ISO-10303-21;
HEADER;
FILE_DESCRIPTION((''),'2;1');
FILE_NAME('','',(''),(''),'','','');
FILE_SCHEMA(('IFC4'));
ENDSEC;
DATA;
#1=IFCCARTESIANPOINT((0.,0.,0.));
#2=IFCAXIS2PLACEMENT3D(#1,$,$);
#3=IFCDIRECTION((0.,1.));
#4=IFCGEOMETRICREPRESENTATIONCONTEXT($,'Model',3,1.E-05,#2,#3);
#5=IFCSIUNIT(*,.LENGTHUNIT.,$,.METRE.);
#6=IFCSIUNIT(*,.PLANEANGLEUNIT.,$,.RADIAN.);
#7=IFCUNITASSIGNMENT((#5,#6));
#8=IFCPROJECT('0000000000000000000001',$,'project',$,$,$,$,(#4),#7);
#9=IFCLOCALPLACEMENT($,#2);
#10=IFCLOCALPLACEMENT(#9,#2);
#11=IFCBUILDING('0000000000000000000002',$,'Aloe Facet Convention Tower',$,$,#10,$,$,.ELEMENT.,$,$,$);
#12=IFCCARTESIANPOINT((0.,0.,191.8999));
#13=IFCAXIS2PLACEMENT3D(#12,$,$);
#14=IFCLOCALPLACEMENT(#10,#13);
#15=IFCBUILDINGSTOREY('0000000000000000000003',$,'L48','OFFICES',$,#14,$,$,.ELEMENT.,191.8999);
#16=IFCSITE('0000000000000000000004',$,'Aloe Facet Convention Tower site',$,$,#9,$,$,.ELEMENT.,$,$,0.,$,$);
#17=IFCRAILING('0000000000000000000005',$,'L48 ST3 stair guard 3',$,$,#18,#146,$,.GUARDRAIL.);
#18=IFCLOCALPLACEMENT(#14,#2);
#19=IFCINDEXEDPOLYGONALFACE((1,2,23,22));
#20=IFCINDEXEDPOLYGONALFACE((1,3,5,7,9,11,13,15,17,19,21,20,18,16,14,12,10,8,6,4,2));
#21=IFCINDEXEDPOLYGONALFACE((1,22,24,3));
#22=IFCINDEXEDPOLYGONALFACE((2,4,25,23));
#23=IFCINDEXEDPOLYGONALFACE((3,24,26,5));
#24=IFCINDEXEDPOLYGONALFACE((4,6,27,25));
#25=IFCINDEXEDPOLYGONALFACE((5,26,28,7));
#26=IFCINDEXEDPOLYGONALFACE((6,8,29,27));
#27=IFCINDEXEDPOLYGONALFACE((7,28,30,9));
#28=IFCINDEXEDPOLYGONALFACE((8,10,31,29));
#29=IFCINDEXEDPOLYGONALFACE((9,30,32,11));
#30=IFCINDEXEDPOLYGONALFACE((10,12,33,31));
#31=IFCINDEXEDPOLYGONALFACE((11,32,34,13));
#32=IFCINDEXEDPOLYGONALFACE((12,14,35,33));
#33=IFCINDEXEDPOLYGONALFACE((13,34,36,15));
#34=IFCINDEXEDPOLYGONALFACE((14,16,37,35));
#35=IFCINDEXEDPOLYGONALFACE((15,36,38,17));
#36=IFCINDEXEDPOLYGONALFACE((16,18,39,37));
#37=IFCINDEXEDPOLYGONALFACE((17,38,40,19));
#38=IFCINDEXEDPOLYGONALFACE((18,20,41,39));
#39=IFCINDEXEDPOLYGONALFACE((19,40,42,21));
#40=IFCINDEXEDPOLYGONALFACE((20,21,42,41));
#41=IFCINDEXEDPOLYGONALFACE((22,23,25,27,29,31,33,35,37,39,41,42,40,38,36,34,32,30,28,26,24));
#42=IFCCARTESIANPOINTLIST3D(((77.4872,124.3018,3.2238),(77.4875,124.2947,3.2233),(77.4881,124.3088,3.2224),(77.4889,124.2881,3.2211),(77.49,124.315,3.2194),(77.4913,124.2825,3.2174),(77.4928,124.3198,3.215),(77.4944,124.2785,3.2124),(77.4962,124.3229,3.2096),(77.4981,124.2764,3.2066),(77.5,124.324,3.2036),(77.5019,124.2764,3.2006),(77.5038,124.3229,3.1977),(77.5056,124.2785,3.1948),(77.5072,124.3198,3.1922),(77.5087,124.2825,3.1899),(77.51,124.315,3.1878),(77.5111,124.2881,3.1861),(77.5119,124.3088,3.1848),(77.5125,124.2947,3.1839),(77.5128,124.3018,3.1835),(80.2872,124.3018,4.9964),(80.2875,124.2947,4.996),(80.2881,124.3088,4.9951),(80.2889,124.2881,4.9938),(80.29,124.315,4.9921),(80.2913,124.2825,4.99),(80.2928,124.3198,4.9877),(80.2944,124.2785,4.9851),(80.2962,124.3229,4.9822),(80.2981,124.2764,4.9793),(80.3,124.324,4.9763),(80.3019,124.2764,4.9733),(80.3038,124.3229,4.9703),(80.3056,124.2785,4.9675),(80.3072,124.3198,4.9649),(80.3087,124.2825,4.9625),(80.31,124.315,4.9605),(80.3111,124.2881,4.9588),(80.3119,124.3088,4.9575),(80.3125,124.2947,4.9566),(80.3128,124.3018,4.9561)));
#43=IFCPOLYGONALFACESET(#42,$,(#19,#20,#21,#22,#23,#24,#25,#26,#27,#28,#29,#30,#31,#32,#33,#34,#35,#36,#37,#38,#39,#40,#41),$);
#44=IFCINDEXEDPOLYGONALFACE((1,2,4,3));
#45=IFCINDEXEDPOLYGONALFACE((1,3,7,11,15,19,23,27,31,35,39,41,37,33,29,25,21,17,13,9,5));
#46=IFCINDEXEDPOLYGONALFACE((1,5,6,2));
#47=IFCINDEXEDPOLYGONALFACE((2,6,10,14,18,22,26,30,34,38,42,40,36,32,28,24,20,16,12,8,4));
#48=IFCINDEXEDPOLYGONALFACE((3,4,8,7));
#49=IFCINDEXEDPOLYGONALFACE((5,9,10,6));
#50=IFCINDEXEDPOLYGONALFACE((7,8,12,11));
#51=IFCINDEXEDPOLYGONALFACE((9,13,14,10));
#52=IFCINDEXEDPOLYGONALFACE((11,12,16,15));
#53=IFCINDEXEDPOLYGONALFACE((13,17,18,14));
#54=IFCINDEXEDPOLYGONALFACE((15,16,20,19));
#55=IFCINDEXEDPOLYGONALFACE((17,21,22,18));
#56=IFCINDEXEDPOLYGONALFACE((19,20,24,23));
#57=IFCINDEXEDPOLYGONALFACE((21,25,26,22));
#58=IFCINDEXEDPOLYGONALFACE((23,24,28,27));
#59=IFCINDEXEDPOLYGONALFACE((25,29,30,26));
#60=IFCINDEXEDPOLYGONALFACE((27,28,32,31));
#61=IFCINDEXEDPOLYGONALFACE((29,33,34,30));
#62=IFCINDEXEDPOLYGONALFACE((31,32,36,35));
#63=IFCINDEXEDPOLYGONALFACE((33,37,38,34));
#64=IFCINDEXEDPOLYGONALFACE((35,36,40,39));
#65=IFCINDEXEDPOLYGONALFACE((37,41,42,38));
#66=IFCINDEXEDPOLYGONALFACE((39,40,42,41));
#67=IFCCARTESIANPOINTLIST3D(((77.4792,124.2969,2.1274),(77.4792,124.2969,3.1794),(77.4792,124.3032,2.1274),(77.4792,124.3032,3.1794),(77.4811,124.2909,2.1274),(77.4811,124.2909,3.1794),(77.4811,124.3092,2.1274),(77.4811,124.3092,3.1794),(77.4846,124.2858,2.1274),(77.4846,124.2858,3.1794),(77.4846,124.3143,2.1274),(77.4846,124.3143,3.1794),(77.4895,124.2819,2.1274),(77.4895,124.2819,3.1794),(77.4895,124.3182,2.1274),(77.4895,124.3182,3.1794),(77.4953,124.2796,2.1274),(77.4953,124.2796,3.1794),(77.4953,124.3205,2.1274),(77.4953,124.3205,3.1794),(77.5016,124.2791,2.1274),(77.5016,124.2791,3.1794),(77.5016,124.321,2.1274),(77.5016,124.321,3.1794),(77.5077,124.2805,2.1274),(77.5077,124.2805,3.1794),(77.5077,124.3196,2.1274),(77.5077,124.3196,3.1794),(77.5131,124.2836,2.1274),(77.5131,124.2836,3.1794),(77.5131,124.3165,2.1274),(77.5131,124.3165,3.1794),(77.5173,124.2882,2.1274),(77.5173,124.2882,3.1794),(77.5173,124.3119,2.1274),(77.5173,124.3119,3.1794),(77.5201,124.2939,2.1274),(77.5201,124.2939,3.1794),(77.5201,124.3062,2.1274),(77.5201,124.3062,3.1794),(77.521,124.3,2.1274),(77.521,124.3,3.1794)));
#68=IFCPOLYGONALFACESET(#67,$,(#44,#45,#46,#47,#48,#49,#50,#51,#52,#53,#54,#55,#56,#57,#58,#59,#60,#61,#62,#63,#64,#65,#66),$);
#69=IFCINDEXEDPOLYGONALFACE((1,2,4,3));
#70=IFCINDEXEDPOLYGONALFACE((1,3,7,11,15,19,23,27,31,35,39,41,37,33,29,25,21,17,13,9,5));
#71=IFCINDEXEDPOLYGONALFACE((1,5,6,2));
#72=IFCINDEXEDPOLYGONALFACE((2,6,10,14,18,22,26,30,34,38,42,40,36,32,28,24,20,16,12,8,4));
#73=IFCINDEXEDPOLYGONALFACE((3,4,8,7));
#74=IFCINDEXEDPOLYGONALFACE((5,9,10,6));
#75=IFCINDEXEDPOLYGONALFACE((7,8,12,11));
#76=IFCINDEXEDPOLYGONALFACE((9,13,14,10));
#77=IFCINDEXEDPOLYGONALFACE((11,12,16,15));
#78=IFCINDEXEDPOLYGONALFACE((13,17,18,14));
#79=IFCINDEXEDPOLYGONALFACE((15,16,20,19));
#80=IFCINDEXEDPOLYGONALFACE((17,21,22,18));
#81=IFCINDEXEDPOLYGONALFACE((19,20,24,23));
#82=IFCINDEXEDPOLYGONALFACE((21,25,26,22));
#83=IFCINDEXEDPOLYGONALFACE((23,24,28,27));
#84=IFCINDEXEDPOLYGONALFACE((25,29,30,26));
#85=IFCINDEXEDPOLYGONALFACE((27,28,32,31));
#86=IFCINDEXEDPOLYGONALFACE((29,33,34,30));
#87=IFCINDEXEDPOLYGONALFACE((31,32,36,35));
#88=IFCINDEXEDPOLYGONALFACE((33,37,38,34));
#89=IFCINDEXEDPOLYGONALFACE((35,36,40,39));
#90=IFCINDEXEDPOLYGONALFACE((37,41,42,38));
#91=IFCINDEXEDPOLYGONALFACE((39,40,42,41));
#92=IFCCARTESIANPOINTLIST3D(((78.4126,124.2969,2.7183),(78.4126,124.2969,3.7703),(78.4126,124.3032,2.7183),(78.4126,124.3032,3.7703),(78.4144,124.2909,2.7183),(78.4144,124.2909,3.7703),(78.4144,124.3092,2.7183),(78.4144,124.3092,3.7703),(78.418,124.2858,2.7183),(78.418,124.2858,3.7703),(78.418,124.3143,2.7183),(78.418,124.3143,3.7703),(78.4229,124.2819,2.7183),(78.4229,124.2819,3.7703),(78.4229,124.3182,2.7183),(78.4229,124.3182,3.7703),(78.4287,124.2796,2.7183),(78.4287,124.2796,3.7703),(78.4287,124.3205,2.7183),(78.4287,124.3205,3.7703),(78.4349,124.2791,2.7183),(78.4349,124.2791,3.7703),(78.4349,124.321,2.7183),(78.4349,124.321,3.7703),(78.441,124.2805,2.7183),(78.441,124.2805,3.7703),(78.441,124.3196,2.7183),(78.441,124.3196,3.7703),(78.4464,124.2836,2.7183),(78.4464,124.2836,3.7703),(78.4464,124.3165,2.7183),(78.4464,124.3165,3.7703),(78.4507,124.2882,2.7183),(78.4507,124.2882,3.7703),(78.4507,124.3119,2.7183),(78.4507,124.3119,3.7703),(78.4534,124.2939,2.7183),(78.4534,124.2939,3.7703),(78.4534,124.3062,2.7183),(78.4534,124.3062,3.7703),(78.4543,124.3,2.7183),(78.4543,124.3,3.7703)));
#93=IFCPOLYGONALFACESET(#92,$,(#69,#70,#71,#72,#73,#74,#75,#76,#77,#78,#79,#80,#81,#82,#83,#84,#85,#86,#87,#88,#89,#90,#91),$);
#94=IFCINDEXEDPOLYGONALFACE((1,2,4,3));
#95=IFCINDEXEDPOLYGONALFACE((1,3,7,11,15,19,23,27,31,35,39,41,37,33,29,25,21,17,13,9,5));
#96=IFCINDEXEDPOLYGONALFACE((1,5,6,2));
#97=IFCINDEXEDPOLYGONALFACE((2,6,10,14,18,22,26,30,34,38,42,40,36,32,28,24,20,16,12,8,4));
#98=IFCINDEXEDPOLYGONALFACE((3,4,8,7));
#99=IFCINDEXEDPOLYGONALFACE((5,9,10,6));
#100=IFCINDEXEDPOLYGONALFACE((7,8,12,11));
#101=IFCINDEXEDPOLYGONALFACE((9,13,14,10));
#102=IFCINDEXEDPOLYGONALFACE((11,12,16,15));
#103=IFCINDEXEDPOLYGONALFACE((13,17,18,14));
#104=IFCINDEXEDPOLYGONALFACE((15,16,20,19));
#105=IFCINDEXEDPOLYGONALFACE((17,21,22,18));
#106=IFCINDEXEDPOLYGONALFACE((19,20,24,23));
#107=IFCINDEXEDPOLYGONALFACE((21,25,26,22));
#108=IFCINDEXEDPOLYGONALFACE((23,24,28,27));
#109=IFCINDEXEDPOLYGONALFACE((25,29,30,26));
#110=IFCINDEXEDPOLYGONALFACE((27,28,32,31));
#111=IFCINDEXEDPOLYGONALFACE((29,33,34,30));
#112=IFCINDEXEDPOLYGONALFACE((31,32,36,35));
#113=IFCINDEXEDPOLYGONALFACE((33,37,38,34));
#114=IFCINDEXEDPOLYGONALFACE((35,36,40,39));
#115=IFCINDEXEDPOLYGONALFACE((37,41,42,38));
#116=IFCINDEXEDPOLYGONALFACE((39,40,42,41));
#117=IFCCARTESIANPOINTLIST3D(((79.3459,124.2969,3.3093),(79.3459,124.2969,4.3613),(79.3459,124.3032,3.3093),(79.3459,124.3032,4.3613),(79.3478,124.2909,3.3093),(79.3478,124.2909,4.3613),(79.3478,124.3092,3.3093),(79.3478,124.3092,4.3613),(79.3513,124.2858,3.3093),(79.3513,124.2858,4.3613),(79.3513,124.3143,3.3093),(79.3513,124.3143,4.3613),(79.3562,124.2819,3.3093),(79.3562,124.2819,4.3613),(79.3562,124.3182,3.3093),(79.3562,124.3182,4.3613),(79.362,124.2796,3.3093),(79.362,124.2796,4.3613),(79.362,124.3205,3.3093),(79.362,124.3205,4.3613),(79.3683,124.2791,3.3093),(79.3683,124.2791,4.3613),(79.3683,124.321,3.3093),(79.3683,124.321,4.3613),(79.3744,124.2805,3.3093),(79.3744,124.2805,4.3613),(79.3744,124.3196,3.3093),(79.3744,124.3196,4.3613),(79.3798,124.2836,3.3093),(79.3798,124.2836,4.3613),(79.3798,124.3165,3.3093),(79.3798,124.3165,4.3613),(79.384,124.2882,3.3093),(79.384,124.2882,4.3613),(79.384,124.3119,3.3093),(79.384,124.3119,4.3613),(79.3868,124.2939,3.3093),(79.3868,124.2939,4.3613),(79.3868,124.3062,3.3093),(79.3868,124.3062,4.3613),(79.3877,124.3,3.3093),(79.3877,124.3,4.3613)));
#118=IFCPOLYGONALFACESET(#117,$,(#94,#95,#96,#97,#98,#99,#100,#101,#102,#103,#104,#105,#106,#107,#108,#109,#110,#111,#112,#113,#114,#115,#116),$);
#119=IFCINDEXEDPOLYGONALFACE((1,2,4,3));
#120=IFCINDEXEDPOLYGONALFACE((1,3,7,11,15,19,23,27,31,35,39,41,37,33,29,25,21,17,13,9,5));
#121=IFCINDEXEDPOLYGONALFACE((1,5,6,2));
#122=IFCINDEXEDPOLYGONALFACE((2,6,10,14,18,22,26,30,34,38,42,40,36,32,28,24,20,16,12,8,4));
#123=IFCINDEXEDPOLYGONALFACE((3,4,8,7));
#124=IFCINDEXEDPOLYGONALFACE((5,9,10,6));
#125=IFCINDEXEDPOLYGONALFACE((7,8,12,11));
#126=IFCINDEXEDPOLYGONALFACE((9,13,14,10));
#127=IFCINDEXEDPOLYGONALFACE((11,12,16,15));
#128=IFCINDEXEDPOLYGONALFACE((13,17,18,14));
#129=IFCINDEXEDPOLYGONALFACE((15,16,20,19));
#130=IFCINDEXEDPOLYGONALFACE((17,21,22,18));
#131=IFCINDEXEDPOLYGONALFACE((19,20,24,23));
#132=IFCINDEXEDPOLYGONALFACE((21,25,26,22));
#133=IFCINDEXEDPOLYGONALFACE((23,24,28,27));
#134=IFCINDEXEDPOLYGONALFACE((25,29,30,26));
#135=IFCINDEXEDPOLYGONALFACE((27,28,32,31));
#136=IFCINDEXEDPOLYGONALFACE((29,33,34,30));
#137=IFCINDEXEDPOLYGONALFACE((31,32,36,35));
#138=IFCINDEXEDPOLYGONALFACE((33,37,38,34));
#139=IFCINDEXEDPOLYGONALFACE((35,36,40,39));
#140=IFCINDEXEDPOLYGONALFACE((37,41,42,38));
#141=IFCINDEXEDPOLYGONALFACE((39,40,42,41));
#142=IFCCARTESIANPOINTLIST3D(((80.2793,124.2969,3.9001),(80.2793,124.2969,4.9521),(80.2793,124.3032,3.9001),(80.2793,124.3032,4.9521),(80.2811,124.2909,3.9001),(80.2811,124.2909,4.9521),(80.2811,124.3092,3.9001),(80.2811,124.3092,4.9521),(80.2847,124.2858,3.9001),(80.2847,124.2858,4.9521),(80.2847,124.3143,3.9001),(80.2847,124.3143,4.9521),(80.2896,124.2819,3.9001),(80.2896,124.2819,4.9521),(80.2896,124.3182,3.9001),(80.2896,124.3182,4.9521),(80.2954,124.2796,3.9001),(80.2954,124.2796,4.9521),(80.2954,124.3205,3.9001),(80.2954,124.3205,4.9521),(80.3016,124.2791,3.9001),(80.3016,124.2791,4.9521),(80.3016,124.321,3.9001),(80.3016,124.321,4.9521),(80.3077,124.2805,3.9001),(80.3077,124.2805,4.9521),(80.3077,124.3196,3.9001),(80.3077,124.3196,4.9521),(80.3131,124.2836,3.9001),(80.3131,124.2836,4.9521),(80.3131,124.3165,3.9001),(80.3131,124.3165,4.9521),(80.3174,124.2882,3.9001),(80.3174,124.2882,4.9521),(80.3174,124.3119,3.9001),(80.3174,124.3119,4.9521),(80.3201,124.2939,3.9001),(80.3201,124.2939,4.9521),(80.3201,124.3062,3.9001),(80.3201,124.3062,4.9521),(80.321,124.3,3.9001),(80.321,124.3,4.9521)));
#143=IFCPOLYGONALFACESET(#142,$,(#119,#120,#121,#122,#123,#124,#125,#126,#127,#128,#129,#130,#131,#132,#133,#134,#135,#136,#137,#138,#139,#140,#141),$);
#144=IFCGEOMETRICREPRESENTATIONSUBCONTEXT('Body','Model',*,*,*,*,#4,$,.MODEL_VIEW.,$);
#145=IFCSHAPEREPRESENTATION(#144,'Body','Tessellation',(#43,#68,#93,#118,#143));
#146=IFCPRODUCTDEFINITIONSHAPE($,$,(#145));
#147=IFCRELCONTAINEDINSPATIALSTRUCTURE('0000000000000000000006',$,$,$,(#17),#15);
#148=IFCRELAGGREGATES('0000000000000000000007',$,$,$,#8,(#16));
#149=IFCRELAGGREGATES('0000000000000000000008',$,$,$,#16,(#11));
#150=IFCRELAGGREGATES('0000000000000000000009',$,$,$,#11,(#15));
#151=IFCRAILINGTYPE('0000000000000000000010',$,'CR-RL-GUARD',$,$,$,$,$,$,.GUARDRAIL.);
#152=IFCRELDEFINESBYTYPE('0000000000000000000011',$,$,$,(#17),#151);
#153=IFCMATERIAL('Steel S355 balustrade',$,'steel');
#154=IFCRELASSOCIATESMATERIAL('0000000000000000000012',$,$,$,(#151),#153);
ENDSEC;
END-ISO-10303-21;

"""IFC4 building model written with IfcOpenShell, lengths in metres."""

from ifc_helpers import new_model, si_unit, direction, frame, origin, origin_2d, place, context, subcontext, project, spatial, circle, extrude, material, type_object, element, save


model = new_model("IFC4")

# Units and contexts
model_context = context("Model", 3, precision=1e-05, world=origin(), true_north=direction((0.0, 1.0)))
body_context = subcontext(model_context, "Body", "Model", "MODEL_VIEW")
ifc_project = project(units=[si_unit("LENGTHUNIT", "METRE"), si_unit("PLANEANGLEUNIT", "RADIAN")], contexts=[model_context])

# Site, building, storey
site_placement = place(None, origin())
site = spatial("IfcSite", under=ifc_project, at=site_placement, Name="Aloe Facet Convention Tower site", CompositionType="ELEMENT", RefElevation=0.0)
building_placement = place(site_placement, origin())
building = spatial("IfcBuilding", under=site, at=building_placement, Name="Aloe Facet Convention Tower", CompositionType="ELEMENT")
storey_placement = place(building_placement, frame((0.0, 0.0, 191.8999)))
storey = spatial("IfcBuildingStorey", under=building, at=storey_placement, Name="L48", Description="OFFICES", CompositionType="ELEMENT", Elevation=191.8999)

# Railing
ifc_material_1 = material(Name="Steel S355 balustrade", Category="steel")
railing_type_1 = type_object("IfcRailingType", Name="CR-RL-GUARD", PredefinedType="GUARDRAIL", material=ifc_material_1)
railing_1_placement = place(storey_placement, frame((77.5, 124.3, 2.1274)))
element("IfcRailing", 1, at=railing_1_placement, inside=storey, type_object=railing_type_1, Name="L48 ST3 stair guard 3", PredefinedType="GUARDRAIL", context=body_context, shape_type="SweptSolid", body=[
    extrude(circle(Radius=0.0239, at=origin_2d()), frame((0.0, 0.0, 1.0762), z_axis=(0.844909, 0.0, 0.53491), x_axis=(0.0, 1.0, 0.0)), (0.0, 0.0, 1.0), 3.314),
    extrude(circle(Radius=0.021, at=origin_2d()), origin(), (0.0, 0.0, 1.0), 1.052),
    extrude(circle(Radius=0.021, at=origin_2d()), frame((0.9333, 0.0, 0.5908)), (0.0, 0.0, 1.0), 1.052),
    extrude(circle(Radius=0.021, at=origin_2d()), frame((1.8667, 0.0, 1.1819)), (0.0, 0.0, 1.0), 1.052),
    extrude(circle(Radius=0.021, at=origin_2d()), frame((2.8, 0.0, 1.7727)), (0.0, 0.0, 1.0), 1.052),
])

save(model, "model.ifc")
